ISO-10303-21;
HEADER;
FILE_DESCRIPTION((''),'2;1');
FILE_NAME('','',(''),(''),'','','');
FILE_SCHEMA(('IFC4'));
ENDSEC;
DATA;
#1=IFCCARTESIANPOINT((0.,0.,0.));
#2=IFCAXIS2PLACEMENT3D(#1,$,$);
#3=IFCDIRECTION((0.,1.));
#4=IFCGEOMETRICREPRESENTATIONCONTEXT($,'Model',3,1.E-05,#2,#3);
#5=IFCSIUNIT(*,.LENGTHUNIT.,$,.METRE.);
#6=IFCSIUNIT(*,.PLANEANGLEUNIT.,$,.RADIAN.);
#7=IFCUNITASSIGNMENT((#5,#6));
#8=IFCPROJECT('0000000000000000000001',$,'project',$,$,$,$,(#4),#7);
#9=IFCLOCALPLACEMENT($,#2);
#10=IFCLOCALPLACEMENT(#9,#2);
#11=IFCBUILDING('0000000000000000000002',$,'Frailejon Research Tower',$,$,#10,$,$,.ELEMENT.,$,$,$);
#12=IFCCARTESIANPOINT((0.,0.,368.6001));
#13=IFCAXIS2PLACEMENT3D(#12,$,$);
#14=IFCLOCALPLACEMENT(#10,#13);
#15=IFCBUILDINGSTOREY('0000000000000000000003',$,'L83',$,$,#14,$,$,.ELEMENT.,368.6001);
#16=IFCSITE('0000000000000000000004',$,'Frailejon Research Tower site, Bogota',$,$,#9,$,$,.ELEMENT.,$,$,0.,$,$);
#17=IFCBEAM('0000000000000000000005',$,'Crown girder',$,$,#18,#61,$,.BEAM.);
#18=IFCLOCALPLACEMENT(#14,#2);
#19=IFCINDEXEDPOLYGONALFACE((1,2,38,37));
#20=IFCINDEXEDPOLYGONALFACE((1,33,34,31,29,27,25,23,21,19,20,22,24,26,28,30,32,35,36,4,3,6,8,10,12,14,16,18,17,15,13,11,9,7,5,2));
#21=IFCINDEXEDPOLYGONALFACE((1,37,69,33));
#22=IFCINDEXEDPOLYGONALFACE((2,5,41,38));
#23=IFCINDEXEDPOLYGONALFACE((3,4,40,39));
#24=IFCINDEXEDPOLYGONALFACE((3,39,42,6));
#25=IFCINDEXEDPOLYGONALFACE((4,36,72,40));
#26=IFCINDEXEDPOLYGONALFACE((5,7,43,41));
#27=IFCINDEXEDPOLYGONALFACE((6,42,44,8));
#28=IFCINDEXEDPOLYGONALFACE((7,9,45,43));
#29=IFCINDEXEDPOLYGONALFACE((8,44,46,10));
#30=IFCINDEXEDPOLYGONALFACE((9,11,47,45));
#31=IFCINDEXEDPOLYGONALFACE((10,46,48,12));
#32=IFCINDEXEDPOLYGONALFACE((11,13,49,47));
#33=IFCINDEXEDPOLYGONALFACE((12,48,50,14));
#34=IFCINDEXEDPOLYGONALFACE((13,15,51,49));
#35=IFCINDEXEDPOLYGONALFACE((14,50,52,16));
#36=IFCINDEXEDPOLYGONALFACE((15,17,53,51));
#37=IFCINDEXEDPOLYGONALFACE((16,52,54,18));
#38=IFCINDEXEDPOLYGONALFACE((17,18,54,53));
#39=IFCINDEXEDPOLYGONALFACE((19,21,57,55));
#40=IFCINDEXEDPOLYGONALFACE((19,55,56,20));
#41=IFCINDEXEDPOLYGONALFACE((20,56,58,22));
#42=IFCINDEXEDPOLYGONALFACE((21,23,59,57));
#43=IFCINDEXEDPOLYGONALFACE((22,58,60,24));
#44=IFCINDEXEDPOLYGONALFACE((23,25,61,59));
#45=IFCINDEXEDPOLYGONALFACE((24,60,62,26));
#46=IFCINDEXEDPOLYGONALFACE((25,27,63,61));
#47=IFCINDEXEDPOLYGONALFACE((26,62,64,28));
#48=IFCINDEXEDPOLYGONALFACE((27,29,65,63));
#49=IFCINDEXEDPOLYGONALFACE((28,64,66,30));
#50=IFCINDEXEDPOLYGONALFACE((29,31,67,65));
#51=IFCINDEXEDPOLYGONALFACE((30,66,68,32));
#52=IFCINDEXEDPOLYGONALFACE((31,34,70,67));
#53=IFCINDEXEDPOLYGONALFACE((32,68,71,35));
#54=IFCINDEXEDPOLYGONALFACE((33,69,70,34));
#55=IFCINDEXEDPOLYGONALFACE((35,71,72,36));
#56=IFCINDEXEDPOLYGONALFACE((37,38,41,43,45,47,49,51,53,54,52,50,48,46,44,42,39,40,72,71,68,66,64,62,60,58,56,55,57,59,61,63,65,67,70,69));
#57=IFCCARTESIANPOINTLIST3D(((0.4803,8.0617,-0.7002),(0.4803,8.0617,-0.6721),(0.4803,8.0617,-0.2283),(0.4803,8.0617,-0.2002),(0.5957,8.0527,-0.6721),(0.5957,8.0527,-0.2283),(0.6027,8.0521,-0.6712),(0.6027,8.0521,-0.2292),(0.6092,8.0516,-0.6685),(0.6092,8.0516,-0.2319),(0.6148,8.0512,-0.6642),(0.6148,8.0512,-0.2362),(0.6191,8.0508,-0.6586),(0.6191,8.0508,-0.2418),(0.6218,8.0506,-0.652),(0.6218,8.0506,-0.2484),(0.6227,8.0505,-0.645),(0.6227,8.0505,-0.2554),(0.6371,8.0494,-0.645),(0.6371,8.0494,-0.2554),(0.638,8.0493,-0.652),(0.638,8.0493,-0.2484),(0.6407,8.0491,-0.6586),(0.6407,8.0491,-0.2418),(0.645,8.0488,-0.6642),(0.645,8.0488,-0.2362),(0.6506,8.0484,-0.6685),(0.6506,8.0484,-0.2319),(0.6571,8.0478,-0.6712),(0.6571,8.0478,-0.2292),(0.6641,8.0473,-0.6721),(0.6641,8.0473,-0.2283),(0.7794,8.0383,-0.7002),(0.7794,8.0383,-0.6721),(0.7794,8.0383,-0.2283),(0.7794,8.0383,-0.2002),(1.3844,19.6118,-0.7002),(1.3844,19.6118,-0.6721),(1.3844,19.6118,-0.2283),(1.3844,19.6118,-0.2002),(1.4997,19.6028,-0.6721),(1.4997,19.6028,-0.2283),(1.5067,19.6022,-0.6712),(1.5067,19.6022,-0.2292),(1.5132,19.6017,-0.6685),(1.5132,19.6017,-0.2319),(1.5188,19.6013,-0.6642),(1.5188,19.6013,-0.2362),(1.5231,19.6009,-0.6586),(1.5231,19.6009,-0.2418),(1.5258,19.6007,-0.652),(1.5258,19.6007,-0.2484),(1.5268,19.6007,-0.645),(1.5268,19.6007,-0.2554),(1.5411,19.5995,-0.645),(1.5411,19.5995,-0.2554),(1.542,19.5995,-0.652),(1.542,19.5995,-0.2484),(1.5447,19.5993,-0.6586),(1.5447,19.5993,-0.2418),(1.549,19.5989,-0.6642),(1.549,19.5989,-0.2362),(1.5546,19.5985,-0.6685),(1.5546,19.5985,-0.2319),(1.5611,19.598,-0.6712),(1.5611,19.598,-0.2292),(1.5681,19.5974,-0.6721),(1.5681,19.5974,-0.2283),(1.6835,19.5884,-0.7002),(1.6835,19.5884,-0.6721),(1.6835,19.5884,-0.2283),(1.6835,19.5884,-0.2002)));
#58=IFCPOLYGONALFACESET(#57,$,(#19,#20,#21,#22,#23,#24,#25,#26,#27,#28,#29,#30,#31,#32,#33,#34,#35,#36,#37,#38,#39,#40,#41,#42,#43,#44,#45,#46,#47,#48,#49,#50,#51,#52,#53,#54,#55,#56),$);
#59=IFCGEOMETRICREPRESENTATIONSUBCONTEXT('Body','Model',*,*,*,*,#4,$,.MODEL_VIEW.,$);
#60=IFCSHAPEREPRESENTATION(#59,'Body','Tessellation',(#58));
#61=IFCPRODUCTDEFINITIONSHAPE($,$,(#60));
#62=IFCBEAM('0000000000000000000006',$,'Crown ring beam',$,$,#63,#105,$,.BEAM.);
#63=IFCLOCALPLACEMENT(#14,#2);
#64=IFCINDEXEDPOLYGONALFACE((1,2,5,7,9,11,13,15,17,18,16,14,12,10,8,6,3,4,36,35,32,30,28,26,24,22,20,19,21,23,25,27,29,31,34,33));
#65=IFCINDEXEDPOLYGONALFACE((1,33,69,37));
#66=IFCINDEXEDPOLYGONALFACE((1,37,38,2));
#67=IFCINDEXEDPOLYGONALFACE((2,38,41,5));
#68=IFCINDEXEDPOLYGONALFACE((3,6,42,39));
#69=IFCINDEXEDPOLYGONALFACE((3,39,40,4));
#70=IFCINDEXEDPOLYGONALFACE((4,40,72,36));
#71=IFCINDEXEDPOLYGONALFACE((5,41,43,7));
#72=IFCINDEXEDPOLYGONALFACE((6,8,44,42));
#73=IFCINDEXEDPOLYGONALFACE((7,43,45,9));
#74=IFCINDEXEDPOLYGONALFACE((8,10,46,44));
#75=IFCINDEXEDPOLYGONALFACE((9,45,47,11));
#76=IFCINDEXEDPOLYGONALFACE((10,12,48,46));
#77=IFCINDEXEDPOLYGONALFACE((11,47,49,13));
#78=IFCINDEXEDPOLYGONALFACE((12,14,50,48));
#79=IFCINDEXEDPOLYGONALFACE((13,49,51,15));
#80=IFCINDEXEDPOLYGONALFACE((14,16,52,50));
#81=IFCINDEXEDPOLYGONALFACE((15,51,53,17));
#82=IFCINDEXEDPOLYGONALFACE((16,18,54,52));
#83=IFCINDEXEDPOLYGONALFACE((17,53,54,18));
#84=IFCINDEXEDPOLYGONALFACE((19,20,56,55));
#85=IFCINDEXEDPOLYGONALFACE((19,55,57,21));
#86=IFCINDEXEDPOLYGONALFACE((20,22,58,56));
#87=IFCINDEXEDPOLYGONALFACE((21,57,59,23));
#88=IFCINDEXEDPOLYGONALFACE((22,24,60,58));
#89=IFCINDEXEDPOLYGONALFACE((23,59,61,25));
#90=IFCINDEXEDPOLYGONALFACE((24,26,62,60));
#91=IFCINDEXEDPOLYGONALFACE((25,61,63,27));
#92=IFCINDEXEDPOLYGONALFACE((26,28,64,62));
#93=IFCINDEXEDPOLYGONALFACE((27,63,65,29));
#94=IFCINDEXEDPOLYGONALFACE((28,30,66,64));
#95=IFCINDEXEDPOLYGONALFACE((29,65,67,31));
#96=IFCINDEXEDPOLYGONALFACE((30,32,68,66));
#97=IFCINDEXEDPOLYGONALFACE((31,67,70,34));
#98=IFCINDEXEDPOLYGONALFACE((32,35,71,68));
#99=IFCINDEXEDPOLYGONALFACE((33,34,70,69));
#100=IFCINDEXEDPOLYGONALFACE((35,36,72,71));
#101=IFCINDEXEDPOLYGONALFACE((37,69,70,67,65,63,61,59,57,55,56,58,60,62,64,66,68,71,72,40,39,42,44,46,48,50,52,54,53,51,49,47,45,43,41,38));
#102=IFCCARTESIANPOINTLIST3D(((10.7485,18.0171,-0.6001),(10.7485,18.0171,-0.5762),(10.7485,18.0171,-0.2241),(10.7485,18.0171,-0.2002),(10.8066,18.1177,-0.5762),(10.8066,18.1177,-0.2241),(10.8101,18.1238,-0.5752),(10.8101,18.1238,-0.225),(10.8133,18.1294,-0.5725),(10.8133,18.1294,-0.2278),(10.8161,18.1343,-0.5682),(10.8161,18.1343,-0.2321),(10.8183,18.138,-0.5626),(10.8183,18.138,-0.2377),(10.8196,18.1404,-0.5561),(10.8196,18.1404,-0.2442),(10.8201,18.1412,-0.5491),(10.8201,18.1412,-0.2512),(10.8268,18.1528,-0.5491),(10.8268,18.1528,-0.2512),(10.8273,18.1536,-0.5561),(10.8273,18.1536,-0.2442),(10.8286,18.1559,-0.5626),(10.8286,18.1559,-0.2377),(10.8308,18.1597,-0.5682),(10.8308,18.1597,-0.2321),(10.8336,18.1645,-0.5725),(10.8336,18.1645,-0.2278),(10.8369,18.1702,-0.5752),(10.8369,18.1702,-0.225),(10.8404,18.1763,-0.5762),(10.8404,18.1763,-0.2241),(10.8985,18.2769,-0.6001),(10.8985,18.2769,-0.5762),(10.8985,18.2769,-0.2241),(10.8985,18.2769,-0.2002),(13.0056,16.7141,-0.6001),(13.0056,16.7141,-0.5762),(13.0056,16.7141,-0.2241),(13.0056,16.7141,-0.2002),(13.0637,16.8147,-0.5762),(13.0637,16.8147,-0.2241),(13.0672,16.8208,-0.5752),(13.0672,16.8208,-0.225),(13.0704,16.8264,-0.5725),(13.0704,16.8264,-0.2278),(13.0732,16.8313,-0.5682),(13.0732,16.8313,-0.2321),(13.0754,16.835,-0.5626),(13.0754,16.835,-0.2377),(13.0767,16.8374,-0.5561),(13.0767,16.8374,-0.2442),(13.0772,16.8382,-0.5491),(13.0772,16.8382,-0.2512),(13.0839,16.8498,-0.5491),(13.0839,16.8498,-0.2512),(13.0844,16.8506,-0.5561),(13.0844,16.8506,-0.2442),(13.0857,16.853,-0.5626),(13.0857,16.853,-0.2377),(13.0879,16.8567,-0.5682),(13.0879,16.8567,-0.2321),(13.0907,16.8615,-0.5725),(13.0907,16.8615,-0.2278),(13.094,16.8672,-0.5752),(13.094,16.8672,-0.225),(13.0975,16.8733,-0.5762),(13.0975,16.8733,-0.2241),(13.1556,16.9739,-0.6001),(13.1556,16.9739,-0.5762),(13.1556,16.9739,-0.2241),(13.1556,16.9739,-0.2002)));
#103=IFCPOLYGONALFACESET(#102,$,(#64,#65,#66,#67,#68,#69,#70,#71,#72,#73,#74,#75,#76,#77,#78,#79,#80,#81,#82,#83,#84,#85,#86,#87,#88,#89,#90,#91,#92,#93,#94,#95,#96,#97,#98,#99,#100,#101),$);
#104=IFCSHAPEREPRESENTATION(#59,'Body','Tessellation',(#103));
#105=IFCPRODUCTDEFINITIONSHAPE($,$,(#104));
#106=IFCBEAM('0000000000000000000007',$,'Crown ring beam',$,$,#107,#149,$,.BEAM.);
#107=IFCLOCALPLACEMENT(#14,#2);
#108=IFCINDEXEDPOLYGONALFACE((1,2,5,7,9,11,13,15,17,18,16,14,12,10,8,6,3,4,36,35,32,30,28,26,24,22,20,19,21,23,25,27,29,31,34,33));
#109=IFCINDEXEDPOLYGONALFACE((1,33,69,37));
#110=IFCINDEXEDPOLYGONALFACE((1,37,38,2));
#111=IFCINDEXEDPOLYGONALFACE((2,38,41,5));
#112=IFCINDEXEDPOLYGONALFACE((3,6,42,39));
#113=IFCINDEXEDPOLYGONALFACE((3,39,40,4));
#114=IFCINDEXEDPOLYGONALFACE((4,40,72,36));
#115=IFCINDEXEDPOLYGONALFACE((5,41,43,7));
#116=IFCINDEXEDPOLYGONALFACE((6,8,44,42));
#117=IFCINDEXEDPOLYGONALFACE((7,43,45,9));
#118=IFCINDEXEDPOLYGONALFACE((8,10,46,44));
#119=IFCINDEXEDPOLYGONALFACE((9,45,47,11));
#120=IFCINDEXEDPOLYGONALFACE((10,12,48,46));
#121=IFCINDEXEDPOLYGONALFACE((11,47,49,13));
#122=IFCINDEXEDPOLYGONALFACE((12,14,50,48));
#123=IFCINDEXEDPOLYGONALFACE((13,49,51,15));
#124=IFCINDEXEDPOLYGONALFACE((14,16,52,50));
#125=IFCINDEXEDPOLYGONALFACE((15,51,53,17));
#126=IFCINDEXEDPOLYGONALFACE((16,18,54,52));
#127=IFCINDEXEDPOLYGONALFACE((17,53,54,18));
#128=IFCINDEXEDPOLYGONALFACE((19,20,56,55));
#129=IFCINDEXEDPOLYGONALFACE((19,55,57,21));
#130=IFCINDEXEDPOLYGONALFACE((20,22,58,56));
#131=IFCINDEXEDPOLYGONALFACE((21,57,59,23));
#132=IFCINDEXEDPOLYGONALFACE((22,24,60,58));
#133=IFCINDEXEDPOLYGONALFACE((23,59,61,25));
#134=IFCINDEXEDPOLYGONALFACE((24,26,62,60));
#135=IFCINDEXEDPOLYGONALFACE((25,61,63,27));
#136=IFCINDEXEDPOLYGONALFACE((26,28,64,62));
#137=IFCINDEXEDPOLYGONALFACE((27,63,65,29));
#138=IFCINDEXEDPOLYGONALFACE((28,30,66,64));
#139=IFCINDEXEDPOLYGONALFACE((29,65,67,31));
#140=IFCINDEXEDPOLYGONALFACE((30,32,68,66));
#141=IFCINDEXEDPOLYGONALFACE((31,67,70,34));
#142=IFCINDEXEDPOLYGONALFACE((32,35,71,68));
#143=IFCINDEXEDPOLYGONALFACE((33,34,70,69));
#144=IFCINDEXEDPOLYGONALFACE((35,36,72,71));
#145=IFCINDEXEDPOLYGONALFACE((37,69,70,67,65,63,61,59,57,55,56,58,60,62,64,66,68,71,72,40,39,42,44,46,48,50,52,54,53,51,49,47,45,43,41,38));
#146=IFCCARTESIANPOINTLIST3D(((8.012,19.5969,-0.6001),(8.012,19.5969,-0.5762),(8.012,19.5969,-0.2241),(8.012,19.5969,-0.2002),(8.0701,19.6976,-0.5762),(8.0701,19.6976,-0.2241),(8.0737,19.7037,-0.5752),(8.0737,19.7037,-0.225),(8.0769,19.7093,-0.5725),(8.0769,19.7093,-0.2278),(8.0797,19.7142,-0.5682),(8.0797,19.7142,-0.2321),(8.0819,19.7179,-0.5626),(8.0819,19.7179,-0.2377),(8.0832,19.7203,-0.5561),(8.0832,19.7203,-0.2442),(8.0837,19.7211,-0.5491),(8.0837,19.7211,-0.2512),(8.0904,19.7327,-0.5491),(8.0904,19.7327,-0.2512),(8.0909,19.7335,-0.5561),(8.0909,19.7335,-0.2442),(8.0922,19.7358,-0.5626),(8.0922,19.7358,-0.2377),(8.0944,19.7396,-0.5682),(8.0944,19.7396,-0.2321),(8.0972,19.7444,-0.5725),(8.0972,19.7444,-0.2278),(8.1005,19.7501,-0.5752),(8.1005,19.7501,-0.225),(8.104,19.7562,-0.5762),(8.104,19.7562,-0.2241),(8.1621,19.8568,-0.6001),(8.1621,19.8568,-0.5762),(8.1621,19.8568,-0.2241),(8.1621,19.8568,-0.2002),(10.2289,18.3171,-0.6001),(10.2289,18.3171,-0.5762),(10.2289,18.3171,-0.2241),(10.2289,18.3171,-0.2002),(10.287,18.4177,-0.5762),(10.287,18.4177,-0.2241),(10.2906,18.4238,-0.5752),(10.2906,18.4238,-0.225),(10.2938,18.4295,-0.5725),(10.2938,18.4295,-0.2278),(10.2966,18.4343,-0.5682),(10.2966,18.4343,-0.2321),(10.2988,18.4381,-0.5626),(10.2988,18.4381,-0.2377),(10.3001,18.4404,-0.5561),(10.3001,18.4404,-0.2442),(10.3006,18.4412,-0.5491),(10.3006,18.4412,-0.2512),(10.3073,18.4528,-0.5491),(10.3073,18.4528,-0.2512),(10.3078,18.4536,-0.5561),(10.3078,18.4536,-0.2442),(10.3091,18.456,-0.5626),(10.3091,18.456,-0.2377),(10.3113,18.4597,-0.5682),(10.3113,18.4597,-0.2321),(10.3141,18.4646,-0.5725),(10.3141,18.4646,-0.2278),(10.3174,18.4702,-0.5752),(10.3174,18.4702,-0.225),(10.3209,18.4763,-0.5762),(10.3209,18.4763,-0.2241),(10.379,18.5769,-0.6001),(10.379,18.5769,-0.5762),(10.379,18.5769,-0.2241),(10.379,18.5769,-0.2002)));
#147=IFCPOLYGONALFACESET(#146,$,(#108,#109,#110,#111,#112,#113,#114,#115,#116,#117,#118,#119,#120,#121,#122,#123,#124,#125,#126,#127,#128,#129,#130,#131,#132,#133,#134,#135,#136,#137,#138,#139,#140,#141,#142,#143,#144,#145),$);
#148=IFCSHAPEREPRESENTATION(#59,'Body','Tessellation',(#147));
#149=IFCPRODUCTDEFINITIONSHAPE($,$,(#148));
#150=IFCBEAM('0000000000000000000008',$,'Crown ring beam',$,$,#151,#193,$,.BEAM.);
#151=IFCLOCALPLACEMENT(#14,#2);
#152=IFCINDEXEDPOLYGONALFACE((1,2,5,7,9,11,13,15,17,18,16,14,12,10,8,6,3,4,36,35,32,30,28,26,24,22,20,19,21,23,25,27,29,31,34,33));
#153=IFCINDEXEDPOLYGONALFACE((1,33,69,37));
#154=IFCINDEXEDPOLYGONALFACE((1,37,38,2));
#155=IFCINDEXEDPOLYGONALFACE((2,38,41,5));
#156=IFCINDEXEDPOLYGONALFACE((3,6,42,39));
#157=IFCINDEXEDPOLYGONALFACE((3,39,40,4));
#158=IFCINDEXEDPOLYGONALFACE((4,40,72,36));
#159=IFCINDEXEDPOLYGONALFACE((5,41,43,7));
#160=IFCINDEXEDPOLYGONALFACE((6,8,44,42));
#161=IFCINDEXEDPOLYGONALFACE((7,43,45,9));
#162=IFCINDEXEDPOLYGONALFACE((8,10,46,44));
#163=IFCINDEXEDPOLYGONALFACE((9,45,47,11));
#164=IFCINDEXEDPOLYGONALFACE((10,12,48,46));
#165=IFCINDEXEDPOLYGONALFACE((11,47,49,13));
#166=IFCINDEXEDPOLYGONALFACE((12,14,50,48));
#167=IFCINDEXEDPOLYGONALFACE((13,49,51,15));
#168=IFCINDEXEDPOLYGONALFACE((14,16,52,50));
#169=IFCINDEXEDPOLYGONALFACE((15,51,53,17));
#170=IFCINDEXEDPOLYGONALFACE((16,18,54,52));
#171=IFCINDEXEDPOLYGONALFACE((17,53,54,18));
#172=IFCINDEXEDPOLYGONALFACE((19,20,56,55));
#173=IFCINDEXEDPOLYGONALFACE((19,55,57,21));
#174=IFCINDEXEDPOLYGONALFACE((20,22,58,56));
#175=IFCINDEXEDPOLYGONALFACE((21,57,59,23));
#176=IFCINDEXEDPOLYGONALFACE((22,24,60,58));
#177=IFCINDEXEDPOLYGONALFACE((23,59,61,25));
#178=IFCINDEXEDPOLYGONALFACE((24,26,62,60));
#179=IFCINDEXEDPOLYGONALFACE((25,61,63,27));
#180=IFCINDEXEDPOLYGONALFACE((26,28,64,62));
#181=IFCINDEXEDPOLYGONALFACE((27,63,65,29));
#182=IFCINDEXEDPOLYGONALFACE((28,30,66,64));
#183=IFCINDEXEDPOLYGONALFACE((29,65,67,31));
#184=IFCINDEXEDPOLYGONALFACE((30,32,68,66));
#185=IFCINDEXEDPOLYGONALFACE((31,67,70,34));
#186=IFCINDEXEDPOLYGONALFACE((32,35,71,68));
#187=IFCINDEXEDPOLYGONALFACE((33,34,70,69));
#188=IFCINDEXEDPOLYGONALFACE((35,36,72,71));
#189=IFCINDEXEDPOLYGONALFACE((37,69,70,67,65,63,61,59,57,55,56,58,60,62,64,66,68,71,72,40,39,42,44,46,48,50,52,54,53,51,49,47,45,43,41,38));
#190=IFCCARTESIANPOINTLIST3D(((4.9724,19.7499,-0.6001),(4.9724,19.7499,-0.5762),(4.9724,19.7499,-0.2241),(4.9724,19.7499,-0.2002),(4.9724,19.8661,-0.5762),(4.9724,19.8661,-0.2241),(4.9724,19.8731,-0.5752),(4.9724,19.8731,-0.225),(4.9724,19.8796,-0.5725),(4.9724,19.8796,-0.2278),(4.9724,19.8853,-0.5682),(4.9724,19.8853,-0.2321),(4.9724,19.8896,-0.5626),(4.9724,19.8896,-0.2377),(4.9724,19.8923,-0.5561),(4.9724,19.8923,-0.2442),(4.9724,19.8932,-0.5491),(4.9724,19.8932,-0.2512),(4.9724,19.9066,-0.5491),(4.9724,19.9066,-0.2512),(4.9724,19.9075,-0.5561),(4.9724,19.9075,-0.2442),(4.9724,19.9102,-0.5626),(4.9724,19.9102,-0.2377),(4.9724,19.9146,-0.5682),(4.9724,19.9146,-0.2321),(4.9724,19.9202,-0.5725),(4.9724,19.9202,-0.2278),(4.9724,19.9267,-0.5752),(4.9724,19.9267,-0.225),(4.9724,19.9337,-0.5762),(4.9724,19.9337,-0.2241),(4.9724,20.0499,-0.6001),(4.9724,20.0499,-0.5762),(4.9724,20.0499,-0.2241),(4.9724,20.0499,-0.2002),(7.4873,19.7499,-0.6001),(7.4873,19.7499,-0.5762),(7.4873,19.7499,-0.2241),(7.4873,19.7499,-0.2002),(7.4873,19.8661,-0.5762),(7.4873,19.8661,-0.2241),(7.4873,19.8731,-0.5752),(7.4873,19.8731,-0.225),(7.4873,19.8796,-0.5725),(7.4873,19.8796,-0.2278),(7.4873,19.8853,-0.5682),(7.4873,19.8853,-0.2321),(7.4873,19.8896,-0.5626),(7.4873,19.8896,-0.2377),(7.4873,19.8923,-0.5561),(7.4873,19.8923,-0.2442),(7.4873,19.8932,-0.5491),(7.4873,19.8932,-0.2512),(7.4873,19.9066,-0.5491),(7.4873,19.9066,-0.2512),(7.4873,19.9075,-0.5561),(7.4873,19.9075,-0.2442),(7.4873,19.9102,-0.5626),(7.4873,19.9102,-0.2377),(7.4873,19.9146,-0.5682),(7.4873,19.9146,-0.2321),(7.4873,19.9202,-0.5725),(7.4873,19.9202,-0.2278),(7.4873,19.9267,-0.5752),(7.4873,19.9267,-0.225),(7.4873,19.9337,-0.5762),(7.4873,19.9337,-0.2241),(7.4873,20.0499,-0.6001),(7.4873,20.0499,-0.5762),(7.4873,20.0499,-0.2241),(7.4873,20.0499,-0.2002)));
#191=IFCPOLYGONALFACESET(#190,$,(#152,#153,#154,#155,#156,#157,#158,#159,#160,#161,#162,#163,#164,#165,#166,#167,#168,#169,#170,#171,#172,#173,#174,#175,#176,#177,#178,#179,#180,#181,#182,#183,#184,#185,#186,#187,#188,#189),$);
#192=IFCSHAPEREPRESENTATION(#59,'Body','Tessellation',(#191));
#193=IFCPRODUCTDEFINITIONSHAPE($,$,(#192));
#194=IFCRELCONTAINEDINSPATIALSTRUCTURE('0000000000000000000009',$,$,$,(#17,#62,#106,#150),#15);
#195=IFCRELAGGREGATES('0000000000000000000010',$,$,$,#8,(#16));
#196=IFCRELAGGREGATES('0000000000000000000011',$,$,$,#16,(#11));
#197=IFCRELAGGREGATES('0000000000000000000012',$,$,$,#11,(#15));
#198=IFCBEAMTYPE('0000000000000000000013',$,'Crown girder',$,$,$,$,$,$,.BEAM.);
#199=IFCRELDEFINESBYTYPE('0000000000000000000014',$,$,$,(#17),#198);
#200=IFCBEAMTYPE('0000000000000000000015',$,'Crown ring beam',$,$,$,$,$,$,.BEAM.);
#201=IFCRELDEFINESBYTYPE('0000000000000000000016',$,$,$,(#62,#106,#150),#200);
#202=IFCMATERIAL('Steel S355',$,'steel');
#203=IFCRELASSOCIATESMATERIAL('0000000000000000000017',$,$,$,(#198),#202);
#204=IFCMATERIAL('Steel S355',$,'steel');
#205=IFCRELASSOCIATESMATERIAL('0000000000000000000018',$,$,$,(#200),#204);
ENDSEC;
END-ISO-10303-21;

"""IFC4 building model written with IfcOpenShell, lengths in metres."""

from ifc_helpers import new_model, si_unit, direction, frame, origin, origin_2d, place, context, subcontext, project, spatial, i_section, extrude, material, material_profile, profile_set, type_object, element, save


model = new_model("IFC4")

# Units and contexts
model_context = context("Model", 3, precision=1e-05, world=origin(), true_north=direction((0.0, 1.0)))
body_context = subcontext(model_context, "Body", "Model", "MODEL_VIEW")
ifc_project = project(units=[si_unit("LENGTHUNIT", "METRE"), si_unit("PLANEANGLEUNIT", "RADIAN")], contexts=[model_context])

# Site, building, storey
site_placement = place(None, origin())
site = spatial("IfcSite", under=ifc_project, at=site_placement, Name="Frailejon Research Tower site, Bogota", CompositionType="ELEMENT", RefElevation=0.0)
building_placement = place(site_placement, origin())
building = spatial("IfcBuilding", under=site, at=building_placement, Name="Frailejon Research Tower", CompositionType="ELEMENT")
storey_placement = place(building_placement, frame((0.0, 0.0, 368.6001)))
storey = spatial("IfcBuildingStorey", under=building, at=storey_placement, Name="L83", CompositionType="ELEMENT", Elevation=368.6001)

# Beams
ifc_material_1 = material(Name="Steel S355", Category="steel")
ifc_material_profile_1 = material_profile(ifc_material_1, i_section(OverallWidth=0.3, OverallDepth=0.5, WebThickness=0.0144, FlangeThickness=0.0281, FilletRadius=0.0271, at=origin_2d()), Name="HE 500 B")
ifc_profile_set_1 = profile_set([ifc_material_profile_1], Name="Steel S355")
beam_type_1 = type_object("IfcBeamType", Name="Crown girder", PredefinedType="BEAM", material=ifc_profile_set_1)
beam_1_placement = place(storey_placement, frame((1.5339, 19.6001, -0.4502), z_axis=(-0.078034, -0.996951, 0.0), x_axis=(0.996951, -0.078034, 0.0)))
element("IfcBeam", 1, at=beam_1_placement, inside=storey, type_object=beam_type_1, Name="Crown girder", PredefinedType="BEAM", context=body_context, shape_type="SweptSolid", body=[
    extrude(i_section(OverallWidth=0.3, OverallDepth=0.5, WebThickness=0.0144, FlangeThickness=0.0281, FilletRadius=0.0271, at=origin_2d()), origin(), (0.0, 0.0, 1.0), 11.5854),
])
ifc_material_2 = material(Name="Steel S355", Category="steel")
ifc_material_profile_2 = material_profile(ifc_material_2, i_section(OverallWidth=0.3, OverallDepth=0.3999, WebThickness=0.0134, FlangeThickness=0.0239, FilletRadius=0.0271, at=origin_2d()), Name="HE 400 B")
ifc_profile_set_2 = profile_set([ifc_material_profile_2], Name="Steel S355")
beam_type_2 = type_object("IfcBeamType", Name="Crown ring beam", PredefinedType="BEAM", material=ifc_profile_set_2)
beam_2_placement = place(storey_placement, frame((13.0806, 16.844, -0.4001), z_axis=(-0.86605, 0.499958, 0.0), x_axis=(-0.499958, -0.86605, 0.0)))
element("IfcBeam", 2, at=beam_2_placement, inside=storey, type_object=beam_type_2, Name="Crown ring beam", PredefinedType="BEAM", context=body_context, shape_type="SweptSolid", body=[
    extrude(i_section(OverallWidth=0.3, OverallDepth=0.3999, WebThickness=0.0134, FlangeThickness=0.0239, FilletRadius=0.0271, at=origin_2d()), origin(), (0.0, 0.0, 1.0), 2.6062),
])
beam_3_placement = place(storey_placement, frame((10.304, 18.447, -0.4001), z_axis=(-0.866039, 0.499976, 0.0), x_axis=(-0.499976, -0.866039, 0.0)))
element("IfcBeam", 3, at=beam_3_placement, inside=storey, type_object=beam_type_2, Name="Crown ring beam", PredefinedType="BEAM", context=body_context, shape_type="SweptSolid", body=[
    extrude(i_section(OverallWidth=0.3, OverallDepth=0.3999, WebThickness=0.0134, FlangeThickness=0.0239, FilletRadius=0.0271, at=origin_2d()), origin(), (0.0, 0.0, 1.0), 2.5598),
])
for number, where, z_axis, x_axis, name in (
    (4, (7.4873, 19.8999, -0.4001), (-1.0, 0.0, 0.0), (0.0, -1.0, 0.0), "Crown ring beam"),
):
    element("IfcBeam", number, at=place(storey_placement, frame(where, z_axis=z_axis, x_axis=x_axis)), inside=storey, type_object=beam_type_2, Name=name, PredefinedType="BEAM", context=body_context, shape_type="SweptSolid", body=[
        extrude(i_section(OverallWidth=0.3, OverallDepth=0.3999, WebThickness=0.0134, FlangeThickness=0.0239, FilletRadius=0.0271, at=origin_2d()), origin(), (0.0, 0.0, 1.0), 2.5149),
    ])

save(model, "model.ifc")
